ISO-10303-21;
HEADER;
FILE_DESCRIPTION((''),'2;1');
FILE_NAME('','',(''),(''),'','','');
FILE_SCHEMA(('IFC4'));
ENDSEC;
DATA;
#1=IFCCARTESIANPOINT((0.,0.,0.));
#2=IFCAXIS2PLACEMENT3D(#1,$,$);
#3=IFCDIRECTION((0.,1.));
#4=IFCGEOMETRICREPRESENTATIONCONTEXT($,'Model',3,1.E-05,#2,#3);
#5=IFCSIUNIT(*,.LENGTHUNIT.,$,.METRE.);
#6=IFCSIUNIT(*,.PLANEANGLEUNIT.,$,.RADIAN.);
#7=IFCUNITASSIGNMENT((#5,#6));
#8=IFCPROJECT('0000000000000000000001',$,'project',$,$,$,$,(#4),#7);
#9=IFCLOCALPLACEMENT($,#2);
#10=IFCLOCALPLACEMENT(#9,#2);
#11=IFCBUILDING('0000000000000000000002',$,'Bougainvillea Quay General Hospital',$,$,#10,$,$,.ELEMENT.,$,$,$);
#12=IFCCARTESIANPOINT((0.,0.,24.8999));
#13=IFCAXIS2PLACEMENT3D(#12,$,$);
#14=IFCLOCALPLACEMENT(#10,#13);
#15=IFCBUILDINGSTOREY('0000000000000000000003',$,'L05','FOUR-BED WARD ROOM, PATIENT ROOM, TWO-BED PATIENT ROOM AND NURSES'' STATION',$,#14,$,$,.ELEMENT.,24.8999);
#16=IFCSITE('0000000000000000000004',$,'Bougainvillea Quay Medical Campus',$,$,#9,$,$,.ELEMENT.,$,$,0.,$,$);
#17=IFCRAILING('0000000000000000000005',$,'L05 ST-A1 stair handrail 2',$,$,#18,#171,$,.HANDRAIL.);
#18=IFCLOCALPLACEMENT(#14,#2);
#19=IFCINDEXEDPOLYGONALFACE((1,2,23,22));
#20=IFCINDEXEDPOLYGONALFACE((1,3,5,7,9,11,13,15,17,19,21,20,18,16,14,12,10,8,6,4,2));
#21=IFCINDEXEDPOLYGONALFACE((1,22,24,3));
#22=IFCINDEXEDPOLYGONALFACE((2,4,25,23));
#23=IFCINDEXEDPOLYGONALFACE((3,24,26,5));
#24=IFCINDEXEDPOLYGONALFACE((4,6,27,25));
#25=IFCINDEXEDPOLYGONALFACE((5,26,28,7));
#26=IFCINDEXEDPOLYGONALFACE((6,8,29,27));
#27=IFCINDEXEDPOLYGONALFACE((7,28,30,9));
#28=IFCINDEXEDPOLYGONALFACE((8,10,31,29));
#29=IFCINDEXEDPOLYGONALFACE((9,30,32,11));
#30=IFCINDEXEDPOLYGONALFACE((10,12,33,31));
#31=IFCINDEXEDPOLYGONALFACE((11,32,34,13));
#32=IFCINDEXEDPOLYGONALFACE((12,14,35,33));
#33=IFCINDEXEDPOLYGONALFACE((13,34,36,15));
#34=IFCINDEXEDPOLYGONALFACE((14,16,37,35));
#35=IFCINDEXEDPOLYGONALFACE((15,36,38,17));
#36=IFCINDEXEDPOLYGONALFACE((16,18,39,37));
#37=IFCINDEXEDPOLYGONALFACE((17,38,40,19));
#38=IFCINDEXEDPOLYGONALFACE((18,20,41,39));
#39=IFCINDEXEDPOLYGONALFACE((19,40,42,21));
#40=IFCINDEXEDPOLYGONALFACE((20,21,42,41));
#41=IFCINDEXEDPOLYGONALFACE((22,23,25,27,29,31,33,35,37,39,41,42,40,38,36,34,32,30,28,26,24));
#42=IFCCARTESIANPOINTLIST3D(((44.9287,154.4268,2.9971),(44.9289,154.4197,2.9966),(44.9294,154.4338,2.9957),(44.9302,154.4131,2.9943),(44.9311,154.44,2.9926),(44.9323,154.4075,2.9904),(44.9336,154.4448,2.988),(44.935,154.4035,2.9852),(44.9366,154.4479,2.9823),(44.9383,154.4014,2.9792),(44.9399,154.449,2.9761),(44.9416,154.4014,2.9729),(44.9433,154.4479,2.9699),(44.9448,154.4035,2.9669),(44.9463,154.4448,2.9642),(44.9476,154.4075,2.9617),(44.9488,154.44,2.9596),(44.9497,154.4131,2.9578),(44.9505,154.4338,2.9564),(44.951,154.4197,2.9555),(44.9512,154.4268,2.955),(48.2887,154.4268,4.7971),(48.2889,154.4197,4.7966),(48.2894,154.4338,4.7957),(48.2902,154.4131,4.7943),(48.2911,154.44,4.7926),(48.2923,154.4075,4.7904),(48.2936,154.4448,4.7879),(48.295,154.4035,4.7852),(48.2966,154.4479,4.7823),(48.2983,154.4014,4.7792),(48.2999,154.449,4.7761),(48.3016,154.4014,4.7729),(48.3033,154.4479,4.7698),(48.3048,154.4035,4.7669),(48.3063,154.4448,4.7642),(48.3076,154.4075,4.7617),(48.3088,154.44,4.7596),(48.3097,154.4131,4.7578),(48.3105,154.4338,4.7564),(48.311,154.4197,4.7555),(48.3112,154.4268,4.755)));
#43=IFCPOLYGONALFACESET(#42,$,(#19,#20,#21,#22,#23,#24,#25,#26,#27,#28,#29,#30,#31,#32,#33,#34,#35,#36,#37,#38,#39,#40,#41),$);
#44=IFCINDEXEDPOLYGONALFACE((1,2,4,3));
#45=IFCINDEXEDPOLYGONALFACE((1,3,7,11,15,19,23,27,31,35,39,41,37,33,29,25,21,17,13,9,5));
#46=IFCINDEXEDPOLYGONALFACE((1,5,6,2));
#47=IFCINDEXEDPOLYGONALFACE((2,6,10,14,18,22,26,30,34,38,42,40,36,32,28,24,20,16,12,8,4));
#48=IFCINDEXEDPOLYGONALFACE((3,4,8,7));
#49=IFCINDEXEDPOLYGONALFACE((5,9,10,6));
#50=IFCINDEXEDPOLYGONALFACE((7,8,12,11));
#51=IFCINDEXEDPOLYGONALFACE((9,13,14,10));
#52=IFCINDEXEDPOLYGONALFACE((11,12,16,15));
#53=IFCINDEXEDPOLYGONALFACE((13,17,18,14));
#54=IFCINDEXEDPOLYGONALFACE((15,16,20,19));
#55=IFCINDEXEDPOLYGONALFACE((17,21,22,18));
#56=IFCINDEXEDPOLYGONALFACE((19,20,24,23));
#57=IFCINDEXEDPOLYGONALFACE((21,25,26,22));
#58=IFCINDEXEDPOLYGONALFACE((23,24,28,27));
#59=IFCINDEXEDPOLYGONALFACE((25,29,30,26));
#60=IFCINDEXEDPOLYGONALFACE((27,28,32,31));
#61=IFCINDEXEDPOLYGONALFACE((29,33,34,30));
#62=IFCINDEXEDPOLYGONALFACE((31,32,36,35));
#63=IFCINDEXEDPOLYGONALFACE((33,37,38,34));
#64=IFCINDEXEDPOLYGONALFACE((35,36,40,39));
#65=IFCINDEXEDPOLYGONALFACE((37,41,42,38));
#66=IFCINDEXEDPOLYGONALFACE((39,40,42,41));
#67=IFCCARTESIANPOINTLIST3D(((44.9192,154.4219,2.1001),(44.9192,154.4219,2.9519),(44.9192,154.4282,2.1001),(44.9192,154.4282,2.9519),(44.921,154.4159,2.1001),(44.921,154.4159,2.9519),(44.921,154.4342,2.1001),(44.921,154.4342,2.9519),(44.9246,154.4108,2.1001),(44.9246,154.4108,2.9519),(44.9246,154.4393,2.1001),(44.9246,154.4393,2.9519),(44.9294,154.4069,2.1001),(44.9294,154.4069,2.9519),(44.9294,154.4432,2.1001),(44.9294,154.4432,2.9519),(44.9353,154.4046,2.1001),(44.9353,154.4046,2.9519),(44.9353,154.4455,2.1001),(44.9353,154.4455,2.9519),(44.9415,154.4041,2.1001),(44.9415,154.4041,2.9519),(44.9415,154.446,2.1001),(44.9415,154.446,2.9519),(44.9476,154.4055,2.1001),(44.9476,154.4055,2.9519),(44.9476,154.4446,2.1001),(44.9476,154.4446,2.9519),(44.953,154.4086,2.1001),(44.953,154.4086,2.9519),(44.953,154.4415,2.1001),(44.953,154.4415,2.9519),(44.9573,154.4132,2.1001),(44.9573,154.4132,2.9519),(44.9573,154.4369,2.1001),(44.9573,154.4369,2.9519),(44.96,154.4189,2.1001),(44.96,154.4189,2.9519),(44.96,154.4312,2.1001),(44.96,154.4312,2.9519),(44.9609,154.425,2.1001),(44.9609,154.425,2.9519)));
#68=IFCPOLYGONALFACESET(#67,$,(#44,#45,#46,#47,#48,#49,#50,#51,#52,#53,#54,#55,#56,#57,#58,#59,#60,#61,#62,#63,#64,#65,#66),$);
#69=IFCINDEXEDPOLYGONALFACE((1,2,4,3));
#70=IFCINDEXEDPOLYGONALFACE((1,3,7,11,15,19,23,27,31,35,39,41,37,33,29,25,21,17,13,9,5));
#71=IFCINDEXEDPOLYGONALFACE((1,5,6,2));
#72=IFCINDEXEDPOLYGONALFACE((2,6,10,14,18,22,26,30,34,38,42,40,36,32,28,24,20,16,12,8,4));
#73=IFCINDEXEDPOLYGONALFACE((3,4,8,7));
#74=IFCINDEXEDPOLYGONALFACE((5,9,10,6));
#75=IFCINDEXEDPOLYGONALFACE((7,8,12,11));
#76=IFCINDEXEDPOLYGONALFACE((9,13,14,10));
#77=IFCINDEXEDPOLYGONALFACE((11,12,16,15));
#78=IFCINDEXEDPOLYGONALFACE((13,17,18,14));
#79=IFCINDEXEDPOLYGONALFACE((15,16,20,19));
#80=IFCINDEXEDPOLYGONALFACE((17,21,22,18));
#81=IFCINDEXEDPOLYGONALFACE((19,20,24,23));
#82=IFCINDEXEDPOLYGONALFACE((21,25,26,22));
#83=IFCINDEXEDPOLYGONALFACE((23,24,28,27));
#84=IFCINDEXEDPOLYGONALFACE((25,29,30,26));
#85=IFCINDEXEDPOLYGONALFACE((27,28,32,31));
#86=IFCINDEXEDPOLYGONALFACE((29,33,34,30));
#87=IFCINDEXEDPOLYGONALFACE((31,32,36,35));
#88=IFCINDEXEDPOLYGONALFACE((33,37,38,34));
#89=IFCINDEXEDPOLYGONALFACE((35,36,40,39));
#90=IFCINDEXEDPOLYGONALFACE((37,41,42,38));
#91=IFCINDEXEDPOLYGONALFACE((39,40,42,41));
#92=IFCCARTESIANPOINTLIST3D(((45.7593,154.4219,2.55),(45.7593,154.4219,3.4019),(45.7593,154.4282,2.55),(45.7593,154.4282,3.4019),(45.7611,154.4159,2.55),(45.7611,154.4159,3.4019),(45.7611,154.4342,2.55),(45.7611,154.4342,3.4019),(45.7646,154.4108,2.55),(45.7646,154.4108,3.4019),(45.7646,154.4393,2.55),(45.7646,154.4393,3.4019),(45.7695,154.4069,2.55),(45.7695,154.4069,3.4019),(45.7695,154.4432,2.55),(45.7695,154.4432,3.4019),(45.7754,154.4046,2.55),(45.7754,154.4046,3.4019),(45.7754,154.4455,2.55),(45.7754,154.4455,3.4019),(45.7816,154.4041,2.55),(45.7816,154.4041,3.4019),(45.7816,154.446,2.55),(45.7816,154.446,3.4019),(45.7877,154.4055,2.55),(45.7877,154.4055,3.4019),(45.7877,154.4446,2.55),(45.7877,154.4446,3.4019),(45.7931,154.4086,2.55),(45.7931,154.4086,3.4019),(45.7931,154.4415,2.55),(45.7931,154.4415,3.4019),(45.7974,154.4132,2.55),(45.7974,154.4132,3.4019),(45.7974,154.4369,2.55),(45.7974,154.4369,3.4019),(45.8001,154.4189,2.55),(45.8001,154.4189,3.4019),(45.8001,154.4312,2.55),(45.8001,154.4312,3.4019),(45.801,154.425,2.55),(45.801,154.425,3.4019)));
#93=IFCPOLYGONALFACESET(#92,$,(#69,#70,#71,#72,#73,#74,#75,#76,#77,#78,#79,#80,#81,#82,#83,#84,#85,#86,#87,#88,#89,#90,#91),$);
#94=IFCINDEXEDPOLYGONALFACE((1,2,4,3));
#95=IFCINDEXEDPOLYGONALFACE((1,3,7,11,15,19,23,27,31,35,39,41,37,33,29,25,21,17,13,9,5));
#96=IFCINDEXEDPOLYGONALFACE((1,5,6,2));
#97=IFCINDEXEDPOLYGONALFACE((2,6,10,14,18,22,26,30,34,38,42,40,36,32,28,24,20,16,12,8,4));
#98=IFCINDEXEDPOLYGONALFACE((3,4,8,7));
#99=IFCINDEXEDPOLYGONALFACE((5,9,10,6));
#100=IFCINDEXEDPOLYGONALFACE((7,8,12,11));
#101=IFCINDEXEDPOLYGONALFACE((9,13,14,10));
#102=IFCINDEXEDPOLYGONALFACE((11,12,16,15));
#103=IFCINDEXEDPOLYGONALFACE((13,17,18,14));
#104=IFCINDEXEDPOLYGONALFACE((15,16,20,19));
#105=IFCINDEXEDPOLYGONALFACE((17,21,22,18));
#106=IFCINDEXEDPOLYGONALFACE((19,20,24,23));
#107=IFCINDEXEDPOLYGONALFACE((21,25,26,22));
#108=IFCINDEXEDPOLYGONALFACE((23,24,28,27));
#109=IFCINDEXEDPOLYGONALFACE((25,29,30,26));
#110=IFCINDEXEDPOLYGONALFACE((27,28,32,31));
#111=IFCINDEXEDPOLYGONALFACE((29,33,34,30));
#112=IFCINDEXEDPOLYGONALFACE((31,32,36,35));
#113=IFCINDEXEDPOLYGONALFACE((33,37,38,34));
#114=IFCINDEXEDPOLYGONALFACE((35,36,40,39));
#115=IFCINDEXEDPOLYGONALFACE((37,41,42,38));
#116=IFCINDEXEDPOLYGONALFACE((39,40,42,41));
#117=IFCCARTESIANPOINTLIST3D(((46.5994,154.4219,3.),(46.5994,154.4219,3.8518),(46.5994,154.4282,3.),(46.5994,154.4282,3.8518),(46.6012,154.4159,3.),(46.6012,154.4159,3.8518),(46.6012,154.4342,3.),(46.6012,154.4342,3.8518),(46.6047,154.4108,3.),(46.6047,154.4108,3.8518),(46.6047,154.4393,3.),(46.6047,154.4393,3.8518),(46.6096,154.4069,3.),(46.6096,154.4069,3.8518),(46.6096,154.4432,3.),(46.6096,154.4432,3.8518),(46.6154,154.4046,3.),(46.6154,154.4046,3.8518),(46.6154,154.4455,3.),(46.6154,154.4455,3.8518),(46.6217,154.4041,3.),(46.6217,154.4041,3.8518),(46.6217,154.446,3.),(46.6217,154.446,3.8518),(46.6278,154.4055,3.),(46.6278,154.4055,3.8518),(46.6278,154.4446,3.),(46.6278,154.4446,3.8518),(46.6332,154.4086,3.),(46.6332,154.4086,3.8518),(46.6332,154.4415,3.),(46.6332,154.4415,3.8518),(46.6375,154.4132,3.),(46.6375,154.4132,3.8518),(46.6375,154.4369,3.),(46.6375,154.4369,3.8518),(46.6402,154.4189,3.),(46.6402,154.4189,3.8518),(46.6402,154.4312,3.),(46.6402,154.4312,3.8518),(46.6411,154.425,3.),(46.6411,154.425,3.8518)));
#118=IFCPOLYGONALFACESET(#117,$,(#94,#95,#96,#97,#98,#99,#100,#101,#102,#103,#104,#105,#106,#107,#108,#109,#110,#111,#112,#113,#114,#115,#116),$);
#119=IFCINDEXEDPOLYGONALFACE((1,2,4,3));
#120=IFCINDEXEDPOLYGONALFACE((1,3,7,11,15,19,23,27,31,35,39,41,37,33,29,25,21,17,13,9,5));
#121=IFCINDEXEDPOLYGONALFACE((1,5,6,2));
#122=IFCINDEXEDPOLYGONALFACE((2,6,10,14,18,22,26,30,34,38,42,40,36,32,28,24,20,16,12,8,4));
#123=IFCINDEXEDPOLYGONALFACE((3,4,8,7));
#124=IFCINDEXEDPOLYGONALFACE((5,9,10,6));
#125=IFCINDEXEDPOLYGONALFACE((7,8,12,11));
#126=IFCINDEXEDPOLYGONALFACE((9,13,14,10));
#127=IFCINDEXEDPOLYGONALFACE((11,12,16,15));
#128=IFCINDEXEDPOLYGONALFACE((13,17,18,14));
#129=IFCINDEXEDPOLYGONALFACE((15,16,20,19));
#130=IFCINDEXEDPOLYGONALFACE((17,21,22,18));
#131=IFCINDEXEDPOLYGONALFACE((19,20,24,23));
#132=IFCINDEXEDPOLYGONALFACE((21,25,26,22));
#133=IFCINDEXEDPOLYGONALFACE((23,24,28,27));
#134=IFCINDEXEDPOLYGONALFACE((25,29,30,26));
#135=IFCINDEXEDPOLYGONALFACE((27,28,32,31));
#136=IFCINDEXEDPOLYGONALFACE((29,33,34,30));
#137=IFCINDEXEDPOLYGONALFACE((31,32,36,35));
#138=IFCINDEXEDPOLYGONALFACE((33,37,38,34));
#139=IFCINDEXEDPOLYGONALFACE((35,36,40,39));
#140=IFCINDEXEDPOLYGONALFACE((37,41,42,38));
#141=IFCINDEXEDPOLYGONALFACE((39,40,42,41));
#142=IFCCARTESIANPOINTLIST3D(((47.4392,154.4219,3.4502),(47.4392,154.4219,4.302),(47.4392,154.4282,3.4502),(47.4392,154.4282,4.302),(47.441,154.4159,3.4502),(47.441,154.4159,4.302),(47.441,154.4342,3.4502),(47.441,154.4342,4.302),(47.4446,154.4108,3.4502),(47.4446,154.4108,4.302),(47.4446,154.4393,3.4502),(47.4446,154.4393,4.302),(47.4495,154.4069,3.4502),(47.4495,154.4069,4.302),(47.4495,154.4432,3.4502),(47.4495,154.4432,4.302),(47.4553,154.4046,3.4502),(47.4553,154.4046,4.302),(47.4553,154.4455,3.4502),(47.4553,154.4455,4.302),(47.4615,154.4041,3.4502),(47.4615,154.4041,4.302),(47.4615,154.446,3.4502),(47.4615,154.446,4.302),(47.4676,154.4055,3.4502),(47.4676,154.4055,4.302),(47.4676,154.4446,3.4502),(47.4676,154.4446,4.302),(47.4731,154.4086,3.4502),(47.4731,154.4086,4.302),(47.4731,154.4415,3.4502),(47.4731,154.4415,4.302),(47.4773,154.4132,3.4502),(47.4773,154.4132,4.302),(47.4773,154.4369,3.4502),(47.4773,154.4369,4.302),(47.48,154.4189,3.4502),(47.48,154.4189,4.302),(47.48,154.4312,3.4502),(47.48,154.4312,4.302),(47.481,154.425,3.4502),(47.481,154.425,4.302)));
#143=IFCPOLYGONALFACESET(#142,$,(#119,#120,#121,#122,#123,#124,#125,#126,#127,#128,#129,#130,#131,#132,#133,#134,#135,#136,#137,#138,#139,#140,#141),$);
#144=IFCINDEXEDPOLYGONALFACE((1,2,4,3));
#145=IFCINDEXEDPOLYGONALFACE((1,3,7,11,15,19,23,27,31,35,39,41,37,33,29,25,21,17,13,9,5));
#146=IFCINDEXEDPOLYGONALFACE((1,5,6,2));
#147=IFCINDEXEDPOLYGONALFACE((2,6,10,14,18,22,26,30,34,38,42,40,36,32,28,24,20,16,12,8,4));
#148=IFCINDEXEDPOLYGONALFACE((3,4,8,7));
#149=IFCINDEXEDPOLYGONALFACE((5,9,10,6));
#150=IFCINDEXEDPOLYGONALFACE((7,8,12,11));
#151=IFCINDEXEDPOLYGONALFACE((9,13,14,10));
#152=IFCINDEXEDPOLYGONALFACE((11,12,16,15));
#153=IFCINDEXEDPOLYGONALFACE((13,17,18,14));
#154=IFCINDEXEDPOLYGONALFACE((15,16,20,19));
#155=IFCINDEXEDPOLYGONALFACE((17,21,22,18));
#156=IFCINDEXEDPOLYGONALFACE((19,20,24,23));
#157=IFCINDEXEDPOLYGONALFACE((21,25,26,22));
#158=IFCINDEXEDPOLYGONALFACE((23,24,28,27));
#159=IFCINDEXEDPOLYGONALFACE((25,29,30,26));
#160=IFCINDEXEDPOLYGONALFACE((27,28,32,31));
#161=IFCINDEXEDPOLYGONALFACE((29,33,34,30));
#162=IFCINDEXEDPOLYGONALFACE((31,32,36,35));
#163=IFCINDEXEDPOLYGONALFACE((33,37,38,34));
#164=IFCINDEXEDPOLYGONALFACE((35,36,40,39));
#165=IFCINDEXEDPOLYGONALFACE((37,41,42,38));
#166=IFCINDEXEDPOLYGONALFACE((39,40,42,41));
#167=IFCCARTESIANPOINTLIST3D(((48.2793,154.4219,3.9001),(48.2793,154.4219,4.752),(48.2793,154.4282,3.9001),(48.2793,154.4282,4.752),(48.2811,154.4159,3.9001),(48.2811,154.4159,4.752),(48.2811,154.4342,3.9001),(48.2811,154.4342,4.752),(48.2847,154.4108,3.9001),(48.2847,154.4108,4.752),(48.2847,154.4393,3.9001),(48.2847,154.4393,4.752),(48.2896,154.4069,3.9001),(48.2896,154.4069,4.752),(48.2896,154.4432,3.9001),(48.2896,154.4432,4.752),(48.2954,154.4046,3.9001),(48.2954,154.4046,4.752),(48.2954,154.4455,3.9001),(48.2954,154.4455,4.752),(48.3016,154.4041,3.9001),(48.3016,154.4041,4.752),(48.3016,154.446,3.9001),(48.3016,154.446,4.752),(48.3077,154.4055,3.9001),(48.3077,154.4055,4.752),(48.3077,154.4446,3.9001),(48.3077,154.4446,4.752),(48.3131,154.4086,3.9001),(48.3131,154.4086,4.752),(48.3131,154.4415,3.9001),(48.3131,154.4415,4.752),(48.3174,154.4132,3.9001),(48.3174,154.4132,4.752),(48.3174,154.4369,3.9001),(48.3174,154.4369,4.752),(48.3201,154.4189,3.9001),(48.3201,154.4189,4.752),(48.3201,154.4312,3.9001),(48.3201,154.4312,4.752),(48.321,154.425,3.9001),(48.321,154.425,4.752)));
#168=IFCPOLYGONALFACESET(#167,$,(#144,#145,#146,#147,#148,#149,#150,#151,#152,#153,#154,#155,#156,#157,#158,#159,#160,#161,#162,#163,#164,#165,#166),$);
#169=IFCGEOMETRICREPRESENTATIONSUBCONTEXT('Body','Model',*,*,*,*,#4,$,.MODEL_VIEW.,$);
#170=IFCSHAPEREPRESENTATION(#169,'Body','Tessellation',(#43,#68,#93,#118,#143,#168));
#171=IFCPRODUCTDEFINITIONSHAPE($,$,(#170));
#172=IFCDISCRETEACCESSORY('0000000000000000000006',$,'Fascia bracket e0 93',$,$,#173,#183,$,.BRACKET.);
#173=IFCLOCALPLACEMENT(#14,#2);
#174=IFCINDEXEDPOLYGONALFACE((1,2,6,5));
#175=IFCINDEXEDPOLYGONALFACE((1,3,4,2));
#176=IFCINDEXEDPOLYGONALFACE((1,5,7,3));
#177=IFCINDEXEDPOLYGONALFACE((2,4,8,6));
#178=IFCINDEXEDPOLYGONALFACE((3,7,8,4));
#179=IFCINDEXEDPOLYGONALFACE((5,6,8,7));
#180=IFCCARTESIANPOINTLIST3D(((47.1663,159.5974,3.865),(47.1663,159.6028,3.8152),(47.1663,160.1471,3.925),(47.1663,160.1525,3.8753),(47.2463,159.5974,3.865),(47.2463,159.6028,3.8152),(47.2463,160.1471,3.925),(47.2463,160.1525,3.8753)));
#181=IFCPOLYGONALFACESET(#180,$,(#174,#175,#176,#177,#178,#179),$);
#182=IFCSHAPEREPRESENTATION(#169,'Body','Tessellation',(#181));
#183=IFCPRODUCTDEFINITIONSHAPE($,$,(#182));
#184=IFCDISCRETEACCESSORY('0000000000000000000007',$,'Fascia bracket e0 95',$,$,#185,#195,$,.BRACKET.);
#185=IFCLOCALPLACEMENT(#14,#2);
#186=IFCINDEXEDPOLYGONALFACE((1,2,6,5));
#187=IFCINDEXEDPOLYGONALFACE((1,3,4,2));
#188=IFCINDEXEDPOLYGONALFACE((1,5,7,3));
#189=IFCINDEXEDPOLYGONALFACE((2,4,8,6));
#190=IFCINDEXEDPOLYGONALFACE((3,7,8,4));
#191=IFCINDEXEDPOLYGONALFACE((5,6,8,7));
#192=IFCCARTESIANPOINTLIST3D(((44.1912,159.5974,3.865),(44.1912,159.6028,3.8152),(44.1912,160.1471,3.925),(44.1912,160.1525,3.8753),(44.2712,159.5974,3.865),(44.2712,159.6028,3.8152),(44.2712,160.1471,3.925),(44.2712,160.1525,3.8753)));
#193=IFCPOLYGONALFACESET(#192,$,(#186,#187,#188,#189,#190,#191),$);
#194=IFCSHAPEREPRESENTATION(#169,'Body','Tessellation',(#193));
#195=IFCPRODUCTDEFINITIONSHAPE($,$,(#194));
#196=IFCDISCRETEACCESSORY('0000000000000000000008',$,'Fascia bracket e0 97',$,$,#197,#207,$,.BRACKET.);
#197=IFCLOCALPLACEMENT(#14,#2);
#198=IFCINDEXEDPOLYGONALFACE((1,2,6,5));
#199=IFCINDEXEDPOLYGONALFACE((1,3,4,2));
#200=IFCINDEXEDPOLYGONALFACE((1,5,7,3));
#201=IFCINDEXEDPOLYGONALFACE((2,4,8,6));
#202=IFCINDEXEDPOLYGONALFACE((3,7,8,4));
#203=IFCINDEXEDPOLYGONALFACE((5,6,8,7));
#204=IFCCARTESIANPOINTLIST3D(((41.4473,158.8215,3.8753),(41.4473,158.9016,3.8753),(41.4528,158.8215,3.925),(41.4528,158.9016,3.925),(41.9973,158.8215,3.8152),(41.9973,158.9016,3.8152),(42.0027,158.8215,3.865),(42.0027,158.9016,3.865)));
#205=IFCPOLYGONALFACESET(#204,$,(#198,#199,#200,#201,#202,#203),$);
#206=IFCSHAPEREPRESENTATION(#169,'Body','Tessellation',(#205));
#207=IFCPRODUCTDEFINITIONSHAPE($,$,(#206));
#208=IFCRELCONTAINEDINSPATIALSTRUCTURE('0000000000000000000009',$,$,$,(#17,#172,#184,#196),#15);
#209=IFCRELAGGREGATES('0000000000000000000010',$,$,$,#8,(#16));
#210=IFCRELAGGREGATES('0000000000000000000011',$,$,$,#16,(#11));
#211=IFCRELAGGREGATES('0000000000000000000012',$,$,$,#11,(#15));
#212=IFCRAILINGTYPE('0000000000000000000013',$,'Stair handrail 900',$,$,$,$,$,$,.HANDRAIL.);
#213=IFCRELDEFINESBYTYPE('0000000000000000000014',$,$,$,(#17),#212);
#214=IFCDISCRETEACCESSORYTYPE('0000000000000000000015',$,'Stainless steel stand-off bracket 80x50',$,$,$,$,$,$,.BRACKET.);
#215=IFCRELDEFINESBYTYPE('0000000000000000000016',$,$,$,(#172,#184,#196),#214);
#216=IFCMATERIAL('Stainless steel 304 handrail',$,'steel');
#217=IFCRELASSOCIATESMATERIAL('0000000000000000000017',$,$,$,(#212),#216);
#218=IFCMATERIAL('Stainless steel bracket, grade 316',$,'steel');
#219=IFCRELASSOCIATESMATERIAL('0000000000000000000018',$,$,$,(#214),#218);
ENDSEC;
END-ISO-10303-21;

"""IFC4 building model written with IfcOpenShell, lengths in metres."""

from ifc_helpers import new_model, si_unit, direction, frame, origin, origin_2d, place, context, subcontext, project, spatial, rectangle, circle, extrude, material, material_profile, profile_set, type_object, element, save


model = new_model("IFC4")

# Units and contexts
model_context = context("Model", 3, precision=1e-05, world=origin(), true_north=direction((0.0, 1.0)))
body_context = subcontext(model_context, "Body", "Model", "MODEL_VIEW")
ifc_project = project(units=[si_unit("LENGTHUNIT", "METRE"), si_unit("PLANEANGLEUNIT", "RADIAN")], contexts=[model_context])

# Site, building, storey
site_placement = place(None, origin())
site = spatial("IfcSite", under=ifc_project, at=site_placement, Name="Bougainvillea Quay Medical Campus", CompositionType="ELEMENT", RefElevation=0.0)
building_placement = place(site_placement, origin())
building = spatial("IfcBuilding", under=site, at=building_placement, Name="Bougainvillea Quay General Hospital", CompositionType="ELEMENT")
storey_placement = place(building_placement, frame((0.0, 0.0, 24.8999)))
storey = spatial("IfcBuildingStorey", under=building, at=storey_placement, Name="L05", Description="FOUR-BED WARD ROOM, PATIENT ROOM, TWO-BED PATIENT ROOM AND NURSES' STATION", CompositionType="ELEMENT", Elevation=24.8999)

# Railing
ifc_material_1 = material(Name="Stainless steel 304 handrail", Category="steel")
railing_type_1 = type_object("IfcRailingType", Name="Stair handrail 900", PredefinedType="HANDRAIL", material=ifc_material_1)
railing_1_placement = place(storey_placement, frame((44.9399, 154.425, 2.1001)))
element("IfcRailing", 1, at=railing_1_placement, inside=storey, type_object=railing_type_1, Name="L05 ST-A1 stair handrail 2", PredefinedType="HANDRAIL", context=body_context, shape_type="SweptSolid", body=[
    extrude(circle(Radius=0.0239, at=origin_2d()), frame((0.0, 0.0, 0.876), z_axis=(0.881481, 0.0, 0.47222), x_axis=(0.0, 1.0, 0.0)), (0.0, 0.0, 1.0), 3.8118),
    extrude(circle(Radius=0.021, at=origin_2d()), origin(), (0.0, 0.0, 1.0), 0.8518),
    extrude(circle(Radius=0.021, at=origin_2d()), frame((0.8401, 0.0, 0.45)), (0.0, 0.0, 1.0), 0.8518),
    extrude(circle(Radius=0.021, at=origin_2d()), frame((1.6802, 0.0, 0.8999)), (0.0, 0.0, 1.0), 0.8518),
    extrude(circle(Radius=0.021, at=origin_2d()), frame((2.52, 0.0, 1.3501)), (0.0, 0.0, 1.0), 0.8518),
    extrude(circle(Radius=0.021, at=origin_2d()), frame((3.3601, 0.0, 1.8)), (0.0, 0.0, 1.0), 0.8518),
])

# Discrete accessories
ifc_material_2 = material(Name="Stainless steel bracket, grade 316", Category="steel")
ifc_material_profile_1 = material_profile(ifc_material_2, rectangle(XDim=0.0801, YDim=0.05, at=origin_2d()))
ifc_profile_set_1 = profile_set([ifc_material_profile_1], Name="Stainless steel bracket, grade 316")
discrete_accessory_type = type_object("IfcDiscreteAccessoryType", Name="Stainless steel stand-off bracket 80x50", PredefinedType="BRACKET", material=ifc_profile_set_1)
for number, where, z_axis, x_axis, name in (
    (2, (47.2063, 159.6001, 3.8401), (0.0, 0.994087, 0.10859), (-1.0, 0.0, 0.0), "Fascia bracket e0 93"),
    (3, (44.2312, 159.6001, 3.8401), (0.0, 0.994087, 0.10859), (-1.0, 0.0, 0.0), "Fascia bracket e0 95"),
):
    element("IfcDiscreteAccessory", number, at=place(storey_placement, frame(where, z_axis=z_axis, x_axis=x_axis)), inside=storey, type_object=discrete_accessory_type, Name=name, PredefinedType="BRACKET", context=body_context, shape_type="SweptSolid", body=[
        extrude(rectangle(XDim=0.0801, YDim=0.05, at=origin_2d()), origin(), (0.0, 0.0, 1.0), 0.553),
    ])
for number, where, z_axis, x_axis, name in (
    (4, (42.0, 158.8616, 3.8401), (-0.994092, 0.0, 0.108543), (0.0, -1.0, 0.0), "Fascia bracket e0 97"),
):
    element("IfcDiscreteAccessory", number, at=place(storey_placement, frame(where, z_axis=z_axis, x_axis=x_axis)), inside=storey, type_object=discrete_accessory_type, Name=name, PredefinedType="BRACKET", context=body_context, shape_type="SweptSolid", body=[
        extrude(rectangle(XDim=0.0801, YDim=0.05, at=origin_2d()), origin(), (0.0, 0.0, 1.0), 0.5532),
    ])

save(model, "model.ifc")
